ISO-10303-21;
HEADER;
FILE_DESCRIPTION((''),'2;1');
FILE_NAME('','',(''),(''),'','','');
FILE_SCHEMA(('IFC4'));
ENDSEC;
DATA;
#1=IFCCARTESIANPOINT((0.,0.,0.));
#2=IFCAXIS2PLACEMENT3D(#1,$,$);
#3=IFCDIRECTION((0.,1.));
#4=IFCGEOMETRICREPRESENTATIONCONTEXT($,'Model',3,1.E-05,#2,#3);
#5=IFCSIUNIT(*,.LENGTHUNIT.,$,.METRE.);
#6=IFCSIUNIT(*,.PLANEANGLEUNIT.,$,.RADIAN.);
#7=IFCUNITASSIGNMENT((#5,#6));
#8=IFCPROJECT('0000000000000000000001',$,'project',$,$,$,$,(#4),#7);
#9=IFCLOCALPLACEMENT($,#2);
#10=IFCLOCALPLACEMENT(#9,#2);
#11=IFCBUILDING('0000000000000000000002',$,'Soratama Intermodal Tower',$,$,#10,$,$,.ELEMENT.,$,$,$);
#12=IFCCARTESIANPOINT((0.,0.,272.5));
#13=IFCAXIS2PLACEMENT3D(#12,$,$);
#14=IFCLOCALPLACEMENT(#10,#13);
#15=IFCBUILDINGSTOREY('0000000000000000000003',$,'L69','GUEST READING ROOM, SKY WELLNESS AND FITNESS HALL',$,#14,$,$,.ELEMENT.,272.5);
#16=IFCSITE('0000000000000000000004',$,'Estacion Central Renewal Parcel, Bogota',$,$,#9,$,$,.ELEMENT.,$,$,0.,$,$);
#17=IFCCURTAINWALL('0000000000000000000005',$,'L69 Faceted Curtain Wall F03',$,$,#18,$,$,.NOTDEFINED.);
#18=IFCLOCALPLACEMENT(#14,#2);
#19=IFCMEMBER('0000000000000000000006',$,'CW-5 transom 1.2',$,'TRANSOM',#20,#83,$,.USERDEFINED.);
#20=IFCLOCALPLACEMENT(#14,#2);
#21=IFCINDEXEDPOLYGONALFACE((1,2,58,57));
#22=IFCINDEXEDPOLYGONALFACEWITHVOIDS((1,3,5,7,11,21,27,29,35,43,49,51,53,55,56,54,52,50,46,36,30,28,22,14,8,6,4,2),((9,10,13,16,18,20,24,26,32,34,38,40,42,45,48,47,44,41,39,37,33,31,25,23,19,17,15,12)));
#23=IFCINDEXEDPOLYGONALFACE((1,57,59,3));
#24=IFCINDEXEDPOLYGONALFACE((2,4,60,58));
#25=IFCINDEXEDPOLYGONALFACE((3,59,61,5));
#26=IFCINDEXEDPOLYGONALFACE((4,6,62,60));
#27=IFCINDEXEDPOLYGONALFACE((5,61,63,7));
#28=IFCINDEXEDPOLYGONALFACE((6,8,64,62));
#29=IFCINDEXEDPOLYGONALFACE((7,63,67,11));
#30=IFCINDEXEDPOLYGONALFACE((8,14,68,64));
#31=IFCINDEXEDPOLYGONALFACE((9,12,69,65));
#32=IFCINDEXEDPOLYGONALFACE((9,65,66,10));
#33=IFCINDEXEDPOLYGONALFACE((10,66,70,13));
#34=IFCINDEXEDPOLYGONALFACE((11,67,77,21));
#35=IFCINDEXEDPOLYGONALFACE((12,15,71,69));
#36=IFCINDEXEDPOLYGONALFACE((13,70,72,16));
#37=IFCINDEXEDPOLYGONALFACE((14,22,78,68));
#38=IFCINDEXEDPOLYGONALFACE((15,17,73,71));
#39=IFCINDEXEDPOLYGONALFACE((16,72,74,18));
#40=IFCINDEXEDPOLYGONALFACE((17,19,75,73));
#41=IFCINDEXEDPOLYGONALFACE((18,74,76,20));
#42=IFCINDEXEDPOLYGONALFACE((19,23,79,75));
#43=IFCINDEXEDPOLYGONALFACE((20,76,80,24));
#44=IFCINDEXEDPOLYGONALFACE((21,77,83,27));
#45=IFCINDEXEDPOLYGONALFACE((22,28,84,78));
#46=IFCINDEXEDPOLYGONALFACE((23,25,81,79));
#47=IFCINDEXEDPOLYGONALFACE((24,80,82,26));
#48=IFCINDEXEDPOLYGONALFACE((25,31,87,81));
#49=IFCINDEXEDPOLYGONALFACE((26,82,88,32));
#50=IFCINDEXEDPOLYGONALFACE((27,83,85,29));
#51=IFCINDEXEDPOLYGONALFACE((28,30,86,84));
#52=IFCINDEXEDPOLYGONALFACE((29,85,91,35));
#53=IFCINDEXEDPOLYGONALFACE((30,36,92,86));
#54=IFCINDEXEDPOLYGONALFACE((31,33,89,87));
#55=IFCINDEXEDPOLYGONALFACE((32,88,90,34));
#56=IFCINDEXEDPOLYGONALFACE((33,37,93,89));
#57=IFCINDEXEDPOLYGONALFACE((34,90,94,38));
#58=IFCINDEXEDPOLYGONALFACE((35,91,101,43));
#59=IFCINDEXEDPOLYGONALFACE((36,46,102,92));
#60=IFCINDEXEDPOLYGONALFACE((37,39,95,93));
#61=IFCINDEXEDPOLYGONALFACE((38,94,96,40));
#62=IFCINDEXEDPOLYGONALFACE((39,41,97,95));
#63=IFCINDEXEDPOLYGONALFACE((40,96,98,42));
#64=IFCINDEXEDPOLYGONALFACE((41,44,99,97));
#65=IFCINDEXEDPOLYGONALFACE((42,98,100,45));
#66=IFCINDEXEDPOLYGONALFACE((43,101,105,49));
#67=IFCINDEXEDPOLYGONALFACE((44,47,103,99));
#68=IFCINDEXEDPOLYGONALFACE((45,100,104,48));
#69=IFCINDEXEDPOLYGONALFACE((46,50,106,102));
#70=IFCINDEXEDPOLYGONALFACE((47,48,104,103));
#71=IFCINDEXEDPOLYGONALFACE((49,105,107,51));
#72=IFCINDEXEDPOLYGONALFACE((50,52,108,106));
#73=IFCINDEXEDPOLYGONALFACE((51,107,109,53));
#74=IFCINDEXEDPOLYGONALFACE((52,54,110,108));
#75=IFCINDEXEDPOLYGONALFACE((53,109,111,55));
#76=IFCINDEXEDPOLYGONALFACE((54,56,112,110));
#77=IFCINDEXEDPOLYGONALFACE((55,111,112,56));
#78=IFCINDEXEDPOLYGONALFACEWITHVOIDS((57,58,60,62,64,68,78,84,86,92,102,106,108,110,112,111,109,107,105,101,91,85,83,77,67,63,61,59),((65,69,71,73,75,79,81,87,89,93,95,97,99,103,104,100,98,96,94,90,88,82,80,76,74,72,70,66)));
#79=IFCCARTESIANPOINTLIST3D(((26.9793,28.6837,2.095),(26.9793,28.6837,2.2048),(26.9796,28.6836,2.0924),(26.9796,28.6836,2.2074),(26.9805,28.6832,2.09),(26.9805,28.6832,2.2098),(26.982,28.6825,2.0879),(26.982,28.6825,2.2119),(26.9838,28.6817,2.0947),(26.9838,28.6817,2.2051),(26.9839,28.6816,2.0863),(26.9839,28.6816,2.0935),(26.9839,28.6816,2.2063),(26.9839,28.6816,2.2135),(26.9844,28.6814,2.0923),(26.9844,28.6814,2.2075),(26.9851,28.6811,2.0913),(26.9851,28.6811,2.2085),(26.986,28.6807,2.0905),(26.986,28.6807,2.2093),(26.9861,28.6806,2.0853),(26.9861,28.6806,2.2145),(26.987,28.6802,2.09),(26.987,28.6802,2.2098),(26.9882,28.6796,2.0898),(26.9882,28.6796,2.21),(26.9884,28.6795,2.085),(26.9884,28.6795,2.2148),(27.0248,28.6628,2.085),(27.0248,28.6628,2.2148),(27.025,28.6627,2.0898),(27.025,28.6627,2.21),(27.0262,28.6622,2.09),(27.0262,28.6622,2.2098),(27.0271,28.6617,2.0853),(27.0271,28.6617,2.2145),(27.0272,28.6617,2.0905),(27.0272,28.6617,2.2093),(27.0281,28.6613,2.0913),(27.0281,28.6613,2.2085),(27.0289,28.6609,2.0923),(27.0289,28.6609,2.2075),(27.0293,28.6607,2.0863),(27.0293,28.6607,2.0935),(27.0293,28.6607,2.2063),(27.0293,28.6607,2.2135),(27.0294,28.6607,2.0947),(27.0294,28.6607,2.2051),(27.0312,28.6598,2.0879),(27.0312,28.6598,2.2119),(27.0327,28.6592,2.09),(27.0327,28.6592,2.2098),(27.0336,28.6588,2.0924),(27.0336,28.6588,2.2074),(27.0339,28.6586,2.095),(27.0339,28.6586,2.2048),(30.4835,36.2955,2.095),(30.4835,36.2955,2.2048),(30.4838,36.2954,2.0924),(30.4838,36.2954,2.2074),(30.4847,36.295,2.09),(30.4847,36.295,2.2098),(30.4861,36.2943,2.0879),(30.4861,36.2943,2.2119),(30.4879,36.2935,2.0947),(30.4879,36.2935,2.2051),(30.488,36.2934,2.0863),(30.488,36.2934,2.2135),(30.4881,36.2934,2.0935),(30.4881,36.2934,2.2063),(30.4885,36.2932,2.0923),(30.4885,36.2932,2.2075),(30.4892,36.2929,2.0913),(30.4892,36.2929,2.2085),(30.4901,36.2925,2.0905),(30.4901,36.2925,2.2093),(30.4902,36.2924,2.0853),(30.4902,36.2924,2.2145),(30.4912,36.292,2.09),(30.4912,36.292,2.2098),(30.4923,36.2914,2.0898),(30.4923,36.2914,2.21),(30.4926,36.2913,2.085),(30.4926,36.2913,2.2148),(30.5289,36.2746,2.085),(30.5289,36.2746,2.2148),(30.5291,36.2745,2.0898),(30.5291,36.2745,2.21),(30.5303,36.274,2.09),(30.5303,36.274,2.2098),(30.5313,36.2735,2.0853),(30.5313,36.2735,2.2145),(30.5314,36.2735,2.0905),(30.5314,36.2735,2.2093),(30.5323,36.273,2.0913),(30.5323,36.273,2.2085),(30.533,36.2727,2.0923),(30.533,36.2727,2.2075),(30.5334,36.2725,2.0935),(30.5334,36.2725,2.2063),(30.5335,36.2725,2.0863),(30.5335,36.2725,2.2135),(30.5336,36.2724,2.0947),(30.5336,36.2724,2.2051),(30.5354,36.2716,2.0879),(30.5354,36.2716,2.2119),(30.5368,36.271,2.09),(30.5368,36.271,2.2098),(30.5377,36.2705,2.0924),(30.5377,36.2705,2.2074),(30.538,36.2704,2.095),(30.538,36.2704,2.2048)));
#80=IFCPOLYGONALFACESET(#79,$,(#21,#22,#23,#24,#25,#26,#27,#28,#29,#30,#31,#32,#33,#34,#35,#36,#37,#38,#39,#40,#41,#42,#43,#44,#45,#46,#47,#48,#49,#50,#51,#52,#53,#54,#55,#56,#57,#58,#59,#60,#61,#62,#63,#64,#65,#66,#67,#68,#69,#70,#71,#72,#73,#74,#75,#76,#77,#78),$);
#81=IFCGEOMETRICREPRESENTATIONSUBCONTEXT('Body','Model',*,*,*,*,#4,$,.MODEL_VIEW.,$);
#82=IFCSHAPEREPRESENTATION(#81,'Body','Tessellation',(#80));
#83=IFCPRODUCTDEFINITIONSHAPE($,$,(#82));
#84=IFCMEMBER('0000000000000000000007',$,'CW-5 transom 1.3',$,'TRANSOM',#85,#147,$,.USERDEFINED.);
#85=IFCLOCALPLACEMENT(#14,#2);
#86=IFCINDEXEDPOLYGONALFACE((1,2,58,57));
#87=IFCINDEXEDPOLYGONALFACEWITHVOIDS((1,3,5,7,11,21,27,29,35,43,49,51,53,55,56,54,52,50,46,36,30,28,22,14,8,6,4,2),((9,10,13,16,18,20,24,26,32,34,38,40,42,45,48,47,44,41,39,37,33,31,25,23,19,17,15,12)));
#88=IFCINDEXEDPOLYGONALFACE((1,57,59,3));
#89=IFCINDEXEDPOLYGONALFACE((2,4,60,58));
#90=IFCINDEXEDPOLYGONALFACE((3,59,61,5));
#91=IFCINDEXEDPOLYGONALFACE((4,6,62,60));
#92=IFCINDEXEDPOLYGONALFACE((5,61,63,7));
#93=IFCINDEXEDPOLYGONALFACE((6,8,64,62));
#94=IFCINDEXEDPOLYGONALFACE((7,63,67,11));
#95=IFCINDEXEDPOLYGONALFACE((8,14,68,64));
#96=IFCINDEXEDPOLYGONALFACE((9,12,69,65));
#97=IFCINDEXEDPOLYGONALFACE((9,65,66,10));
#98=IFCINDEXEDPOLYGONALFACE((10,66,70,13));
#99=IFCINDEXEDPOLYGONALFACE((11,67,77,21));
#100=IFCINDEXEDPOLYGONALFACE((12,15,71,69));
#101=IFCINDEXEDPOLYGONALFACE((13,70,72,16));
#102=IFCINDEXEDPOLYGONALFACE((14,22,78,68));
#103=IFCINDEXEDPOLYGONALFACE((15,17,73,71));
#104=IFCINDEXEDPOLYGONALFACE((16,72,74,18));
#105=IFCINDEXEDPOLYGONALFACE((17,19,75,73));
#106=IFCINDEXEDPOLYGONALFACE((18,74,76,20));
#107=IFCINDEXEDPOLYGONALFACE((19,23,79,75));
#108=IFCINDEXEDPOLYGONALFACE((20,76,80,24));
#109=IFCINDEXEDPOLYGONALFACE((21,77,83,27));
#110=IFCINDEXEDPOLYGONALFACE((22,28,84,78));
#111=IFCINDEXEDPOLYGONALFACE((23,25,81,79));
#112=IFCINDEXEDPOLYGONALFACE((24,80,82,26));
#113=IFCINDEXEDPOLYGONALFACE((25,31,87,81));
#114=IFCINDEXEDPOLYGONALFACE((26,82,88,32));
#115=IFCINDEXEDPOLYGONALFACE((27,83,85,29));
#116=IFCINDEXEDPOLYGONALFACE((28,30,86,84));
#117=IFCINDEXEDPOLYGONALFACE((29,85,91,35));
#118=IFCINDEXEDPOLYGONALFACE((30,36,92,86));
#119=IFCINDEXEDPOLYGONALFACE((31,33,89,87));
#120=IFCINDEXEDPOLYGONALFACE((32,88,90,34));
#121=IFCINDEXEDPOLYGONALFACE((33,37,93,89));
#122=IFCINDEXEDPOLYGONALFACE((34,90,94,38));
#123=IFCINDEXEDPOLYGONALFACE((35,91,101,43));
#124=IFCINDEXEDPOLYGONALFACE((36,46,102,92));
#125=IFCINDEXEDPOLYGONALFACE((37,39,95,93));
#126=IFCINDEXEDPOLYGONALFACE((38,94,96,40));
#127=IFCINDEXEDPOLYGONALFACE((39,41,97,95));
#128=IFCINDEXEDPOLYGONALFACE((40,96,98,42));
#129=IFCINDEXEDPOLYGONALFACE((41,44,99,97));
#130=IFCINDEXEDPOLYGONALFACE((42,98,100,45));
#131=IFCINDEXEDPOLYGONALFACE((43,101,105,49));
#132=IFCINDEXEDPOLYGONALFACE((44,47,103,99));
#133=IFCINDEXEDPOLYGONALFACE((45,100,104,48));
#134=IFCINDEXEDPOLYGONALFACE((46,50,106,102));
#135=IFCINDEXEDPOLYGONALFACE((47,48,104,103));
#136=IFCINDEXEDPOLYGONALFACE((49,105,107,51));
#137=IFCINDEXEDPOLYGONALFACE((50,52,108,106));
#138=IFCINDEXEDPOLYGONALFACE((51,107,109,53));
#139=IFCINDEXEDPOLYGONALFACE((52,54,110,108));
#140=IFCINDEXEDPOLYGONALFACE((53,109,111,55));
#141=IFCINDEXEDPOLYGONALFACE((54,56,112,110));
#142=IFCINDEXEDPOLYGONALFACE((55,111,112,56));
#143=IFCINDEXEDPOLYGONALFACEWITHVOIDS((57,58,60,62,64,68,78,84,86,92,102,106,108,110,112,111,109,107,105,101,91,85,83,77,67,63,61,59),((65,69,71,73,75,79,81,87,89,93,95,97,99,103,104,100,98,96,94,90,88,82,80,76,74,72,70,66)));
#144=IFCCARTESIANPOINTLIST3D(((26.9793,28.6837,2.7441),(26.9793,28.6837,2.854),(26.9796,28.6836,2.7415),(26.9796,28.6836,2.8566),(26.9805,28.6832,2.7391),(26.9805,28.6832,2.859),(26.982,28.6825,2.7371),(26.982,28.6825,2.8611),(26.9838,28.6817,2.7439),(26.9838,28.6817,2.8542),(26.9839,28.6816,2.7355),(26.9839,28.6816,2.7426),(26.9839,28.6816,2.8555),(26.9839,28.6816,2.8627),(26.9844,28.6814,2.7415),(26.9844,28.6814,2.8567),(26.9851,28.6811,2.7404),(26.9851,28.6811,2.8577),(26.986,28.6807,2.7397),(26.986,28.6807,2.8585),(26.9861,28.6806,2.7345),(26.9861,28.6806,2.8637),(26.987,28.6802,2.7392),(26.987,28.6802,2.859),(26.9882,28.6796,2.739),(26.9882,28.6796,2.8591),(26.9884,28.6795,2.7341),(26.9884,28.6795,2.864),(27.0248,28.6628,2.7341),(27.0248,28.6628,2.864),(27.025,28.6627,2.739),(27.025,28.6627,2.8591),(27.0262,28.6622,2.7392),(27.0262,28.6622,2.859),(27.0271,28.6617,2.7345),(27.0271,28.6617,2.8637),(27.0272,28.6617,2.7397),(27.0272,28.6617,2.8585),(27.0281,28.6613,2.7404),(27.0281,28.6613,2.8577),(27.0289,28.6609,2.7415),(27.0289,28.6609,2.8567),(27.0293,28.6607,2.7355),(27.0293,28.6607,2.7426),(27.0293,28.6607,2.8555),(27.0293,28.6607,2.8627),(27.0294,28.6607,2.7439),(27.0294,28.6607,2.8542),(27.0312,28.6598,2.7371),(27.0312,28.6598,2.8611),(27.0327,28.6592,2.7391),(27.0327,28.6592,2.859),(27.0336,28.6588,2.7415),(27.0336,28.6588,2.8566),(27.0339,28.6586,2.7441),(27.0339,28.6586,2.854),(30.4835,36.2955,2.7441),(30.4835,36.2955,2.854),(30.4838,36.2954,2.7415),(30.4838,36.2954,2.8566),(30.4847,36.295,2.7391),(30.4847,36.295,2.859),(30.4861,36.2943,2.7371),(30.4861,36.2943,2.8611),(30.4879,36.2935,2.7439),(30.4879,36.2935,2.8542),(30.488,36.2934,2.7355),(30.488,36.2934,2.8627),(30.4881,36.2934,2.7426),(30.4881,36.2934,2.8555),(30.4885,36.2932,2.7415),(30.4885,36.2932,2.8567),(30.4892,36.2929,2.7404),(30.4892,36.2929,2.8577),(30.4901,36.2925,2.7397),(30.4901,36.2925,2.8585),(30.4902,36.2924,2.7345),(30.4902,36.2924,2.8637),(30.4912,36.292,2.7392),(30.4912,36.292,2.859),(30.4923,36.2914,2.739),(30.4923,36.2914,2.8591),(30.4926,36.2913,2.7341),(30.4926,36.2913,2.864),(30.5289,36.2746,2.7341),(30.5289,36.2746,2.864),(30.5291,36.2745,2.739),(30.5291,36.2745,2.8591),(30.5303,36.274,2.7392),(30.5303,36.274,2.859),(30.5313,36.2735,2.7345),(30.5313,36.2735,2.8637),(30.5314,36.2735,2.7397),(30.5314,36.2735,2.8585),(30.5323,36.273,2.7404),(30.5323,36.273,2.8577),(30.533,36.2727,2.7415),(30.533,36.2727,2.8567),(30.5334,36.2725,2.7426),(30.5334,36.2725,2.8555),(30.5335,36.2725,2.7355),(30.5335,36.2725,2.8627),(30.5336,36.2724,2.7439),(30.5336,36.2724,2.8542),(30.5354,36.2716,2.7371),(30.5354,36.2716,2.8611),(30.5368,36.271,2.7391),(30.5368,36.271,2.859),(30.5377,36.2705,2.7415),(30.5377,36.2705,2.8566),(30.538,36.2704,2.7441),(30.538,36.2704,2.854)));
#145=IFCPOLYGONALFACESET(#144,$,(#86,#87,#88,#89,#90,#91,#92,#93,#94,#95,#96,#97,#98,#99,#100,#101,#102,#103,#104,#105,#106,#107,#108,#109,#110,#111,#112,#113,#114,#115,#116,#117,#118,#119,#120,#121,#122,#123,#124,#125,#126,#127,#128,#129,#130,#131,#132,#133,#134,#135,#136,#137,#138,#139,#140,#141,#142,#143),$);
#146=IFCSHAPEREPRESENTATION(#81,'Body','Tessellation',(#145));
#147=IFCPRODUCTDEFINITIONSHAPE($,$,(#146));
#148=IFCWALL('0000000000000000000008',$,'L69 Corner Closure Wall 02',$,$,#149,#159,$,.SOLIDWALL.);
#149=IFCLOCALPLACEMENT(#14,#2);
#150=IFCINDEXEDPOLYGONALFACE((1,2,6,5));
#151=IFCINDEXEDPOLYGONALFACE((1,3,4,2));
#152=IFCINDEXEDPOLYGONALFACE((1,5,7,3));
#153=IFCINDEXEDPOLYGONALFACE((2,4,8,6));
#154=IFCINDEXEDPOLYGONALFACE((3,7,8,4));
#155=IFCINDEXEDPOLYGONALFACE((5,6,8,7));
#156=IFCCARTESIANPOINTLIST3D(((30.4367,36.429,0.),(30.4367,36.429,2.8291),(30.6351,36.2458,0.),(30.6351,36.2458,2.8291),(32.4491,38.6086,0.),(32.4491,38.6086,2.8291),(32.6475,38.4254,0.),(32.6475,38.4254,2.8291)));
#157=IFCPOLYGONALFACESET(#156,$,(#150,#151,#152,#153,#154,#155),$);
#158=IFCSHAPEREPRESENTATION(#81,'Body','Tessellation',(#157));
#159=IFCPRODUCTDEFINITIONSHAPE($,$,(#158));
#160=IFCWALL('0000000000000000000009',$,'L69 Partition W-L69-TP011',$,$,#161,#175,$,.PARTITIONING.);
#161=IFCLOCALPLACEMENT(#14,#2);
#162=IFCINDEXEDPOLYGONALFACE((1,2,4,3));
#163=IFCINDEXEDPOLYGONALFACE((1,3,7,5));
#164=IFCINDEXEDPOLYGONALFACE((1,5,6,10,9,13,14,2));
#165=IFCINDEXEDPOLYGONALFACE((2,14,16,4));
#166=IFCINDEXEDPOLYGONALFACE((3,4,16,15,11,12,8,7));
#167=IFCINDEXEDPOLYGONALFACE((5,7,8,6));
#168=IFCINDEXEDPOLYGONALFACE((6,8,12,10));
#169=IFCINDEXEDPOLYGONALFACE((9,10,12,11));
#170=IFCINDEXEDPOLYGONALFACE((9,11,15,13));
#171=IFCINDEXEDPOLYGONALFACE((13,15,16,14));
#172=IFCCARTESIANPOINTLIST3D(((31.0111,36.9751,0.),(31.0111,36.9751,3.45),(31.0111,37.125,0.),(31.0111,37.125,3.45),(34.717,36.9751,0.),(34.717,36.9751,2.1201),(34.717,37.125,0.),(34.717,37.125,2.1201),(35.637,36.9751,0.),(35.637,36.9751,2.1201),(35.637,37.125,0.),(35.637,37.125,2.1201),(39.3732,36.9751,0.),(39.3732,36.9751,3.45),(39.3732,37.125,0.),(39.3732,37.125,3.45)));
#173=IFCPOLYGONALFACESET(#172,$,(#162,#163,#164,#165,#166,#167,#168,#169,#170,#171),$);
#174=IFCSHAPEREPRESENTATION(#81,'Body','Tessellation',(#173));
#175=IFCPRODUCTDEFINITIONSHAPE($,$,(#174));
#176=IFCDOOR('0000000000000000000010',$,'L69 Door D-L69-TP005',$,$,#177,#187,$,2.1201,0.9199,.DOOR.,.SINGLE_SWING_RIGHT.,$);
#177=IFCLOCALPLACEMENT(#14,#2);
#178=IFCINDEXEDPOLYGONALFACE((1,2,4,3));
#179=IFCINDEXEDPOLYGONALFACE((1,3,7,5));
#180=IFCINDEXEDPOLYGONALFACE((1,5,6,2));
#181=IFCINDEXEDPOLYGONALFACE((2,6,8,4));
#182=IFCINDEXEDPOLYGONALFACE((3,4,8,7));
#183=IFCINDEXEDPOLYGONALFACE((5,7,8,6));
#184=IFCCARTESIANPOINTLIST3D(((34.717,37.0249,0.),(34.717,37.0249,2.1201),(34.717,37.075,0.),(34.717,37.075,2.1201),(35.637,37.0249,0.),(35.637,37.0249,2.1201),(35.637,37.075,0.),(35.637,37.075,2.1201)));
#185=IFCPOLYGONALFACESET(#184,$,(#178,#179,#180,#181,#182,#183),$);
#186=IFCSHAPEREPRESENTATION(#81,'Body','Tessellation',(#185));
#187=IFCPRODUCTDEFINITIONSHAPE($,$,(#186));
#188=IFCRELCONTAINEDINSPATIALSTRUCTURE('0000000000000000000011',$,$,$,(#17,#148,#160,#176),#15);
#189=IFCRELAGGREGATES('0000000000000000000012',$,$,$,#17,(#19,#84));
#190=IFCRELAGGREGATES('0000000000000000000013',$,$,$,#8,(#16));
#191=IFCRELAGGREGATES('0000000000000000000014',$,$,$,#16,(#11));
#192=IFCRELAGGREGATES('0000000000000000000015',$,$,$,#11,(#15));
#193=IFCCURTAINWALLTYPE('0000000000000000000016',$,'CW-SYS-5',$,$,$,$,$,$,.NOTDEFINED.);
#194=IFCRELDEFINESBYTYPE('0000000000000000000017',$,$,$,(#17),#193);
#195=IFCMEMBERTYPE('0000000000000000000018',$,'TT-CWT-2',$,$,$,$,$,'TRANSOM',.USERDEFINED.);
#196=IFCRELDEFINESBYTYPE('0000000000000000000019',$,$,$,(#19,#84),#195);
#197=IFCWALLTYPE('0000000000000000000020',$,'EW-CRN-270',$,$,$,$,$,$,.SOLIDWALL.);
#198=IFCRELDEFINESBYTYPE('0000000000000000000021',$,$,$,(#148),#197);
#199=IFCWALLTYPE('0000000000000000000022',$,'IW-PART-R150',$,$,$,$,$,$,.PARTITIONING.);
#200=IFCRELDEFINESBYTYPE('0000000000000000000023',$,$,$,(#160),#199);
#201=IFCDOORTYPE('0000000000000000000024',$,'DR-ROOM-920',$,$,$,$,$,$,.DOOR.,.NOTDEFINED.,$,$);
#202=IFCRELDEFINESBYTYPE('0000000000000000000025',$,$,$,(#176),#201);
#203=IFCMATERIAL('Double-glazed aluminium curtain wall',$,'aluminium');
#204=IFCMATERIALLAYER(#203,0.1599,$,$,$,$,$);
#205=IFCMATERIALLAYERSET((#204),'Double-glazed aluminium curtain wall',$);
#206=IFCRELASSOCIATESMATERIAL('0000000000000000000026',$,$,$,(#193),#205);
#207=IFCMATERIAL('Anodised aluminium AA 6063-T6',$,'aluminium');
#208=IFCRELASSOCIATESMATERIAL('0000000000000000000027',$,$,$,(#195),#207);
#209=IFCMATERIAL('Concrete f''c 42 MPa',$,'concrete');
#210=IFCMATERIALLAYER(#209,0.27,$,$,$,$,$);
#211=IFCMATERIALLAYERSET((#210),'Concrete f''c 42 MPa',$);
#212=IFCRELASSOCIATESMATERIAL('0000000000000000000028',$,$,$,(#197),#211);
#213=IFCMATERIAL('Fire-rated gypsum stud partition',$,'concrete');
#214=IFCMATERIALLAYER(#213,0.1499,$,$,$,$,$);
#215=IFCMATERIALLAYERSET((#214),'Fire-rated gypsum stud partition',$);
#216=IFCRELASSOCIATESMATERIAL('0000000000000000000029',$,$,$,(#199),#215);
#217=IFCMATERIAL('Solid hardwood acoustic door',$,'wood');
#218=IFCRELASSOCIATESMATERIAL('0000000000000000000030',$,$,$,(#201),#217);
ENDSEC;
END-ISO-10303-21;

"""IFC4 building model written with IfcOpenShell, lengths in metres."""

from ifc_helpers import new_model, si_unit, direction, frame, frame_2d, origin, origin_2d, place, context, subcontext, project, spatial, rectangle, hollow_rectangle, extrude, material, layer, layer_set, material_profile, profile_set, type_object, element, fill, aggregate, save


model = new_model("IFC4")

# Units and contexts
model_context = context("Model", 3, precision=1e-05, world=origin(), true_north=direction((0.0, 1.0)))
body_context = subcontext(model_context, "Body", "Model", "MODEL_VIEW")
ifc_project = project(units=[si_unit("LENGTHUNIT", "METRE"), si_unit("PLANEANGLEUNIT", "RADIAN")], contexts=[model_context])

# Site, building, storey
site_placement = place(None, origin())
site = spatial("IfcSite", under=ifc_project, at=site_placement, Name="Estacion Central Renewal Parcel, Bogota", CompositionType="ELEMENT", RefElevation=0.0)
building_placement = place(site_placement, origin())
building = spatial("IfcBuilding", under=site, at=building_placement, Name="Soratama Intermodal Tower", CompositionType="ELEMENT")
storey_placement = place(building_placement, frame((0.0, 0.0, 272.5)))
storey = spatial("IfcBuildingStorey", under=building, at=storey_placement, Name="L69", Description="GUEST READING ROOM, SKY WELLNESS AND FITNESS HALL", CompositionType="ELEMENT", Elevation=272.5)

# Shared definitions
ifc_material_1 = material(Name="Double-glazed aluminium curtain wall", Category="aluminium")
ifc_layer_1 = layer(ifc_material_1, 0.1599)
ifc_layer_set_1 = layer_set([ifc_layer_1], Name="Double-glazed aluminium curtain wall")
curtain_wall_type = type_object("IfcCurtainWallType", Name="CW-SYS-5", PredefinedType="NOTDEFINED", material=ifc_layer_set_1)

# Curtain wall, members
curtain_wall_1_placement = place(storey_placement, origin())
curtain_wall_1 = element("IfcCurtainWall", 1, at=curtain_wall_1_placement, inside=storey, type_object=curtain_wall_type, Name="L69 Faceted Curtain Wall F03", PredefinedType="NOTDEFINED")
ifc_material_2 = material(Name="Anodised aluminium AA 6063-T6", Category="aluminium")
ifc_material_profile_1 = material_profile(ifc_material_2, hollow_rectangle(XDim=0.0601, YDim=0.1299, WallThickness=0.0049, InnerFilletRadius=0.0049, OuterFilletRadius=0.01, at=origin_2d()), Name="CWT130X60X5")
ifc_profile_set_1 = profile_set([ifc_material_profile_1], Name="Anodised aluminium AA 6063-T6")
member_type_1 = type_object("IfcMemberType", Name="TT-CWT-2", ElementType="TRANSOM", PredefinedType="USERDEFINED", material=ifc_profile_set_1)
member_1_placement = place(storey_placement, frame((30.5107, 36.283, 2.1499), z_axis=(-0.418173, -0.908367, 0.0), x_axis=(0.908367, -0.418173, 0.0)))
member_1 = element("IfcMember", 2, at=member_1_placement, type_object=member_type_1, Name="CW-5 transom 1.2", ObjectType="TRANSOM", PredefinedType="USERDEFINED", context=body_context, shape_type="SweptSolid", body=[
    extrude(hollow_rectangle(XDim=0.0601, YDim=0.1299, WallThickness=0.0049, InnerFilletRadius=0.0049, OuterFilletRadius=0.01, at=origin_2d()), origin(), (0.0, 0.0, 1.0), 8.3796),
])
member_2_placement = place(storey_placement, frame((30.5107, 36.283, 2.7991), z_axis=(-0.418173, -0.908367, 0.0), x_axis=(0.908367, -0.418173, 0.0)))
member_2 = element("IfcMember", 3, at=member_2_placement, type_object=member_type_1, Name="CW-5 transom 1.3", ObjectType="TRANSOM", PredefinedType="USERDEFINED", context=body_context, shape_type="SweptSolid", body=[
    extrude(hollow_rectangle(XDim=0.0601, YDim=0.1299, WallThickness=0.0049, InnerFilletRadius=0.0049, OuterFilletRadius=0.01, at=origin_2d()), origin(), (0.0, 0.0, 1.0), 8.3796),
])
aggregate(curtain_wall_1, [member_1, member_2])

# Wall
ifc_material_3 = material(Name="Concrete f'c 42 MPa", Category="concrete")
ifc_layer_2 = layer(ifc_material_3, 0.27)
ifc_layer_set_2 = layer_set([ifc_layer_2], Name="Concrete f'c 42 MPa")
wall_type_1 = type_object("IfcWallType", Name="EW-CRN-270", PredefinedType="SOLIDWALL", material=ifc_layer_set_2)
wall_1_placement = place(storey_placement, frame((32.5483, 38.5171, 0.0), z_axis=(0.0, 0.0, 1.0), x_axis=(-0.678359, -0.734731, 0.0)))
element("IfcWall", 4, at=wall_1_placement, inside=storey, type_object=wall_type_1, Name="L69 Corner Closure Wall 02", PredefinedType="SOLIDWALL", context=body_context, shape_type="SweptSolid", body=[
    extrude(rectangle(XDim=2.9666, YDim=0.27, at=frame_2d((1.4834, 0.0))), origin(), (0.0, 0.0, 1.0), 2.8291),
])

# Wall, opening, door
ifc_material_4 = material(Name="Fire-rated gypsum stud partition", Category="concrete")
ifc_layer_3 = layer(ifc_material_4, 0.1499)
ifc_layer_set_3 = layer_set([ifc_layer_3], Name="Fire-rated gypsum stud partition")
wall_type_2 = type_object("IfcWallType", Name="IW-PART-R150", PredefinedType="PARTITIONING", material=ifc_layer_set_3)
wall_2_placement = place(storey_placement, frame((31.011, 37.05, 0.0), z_axis=(0.0, 0.0, 1.0), x_axis=(1.0, 0.0, 0.0)))
wall_2 = element("IfcWall", 5, at=wall_2_placement, inside=storey, type_object=wall_type_2, Name="L69 Partition W-L69-TP011", PredefinedType="PARTITIONING", context=body_context, shape_type="SweptSolid", body=[
    extrude(rectangle(XDim=8.3621, YDim=0.1499, at=frame_2d((4.1812, 0.0))), origin(), (0.0, 0.0, 1.0), 3.45),
])
opening_placement = place(wall_2_placement, frame((3.7061, 0.0, 0.0)))
opening = element("IfcOpeningElement", 6, at=opening_placement, cuts=wall_2, PredefinedType="OPENING", context=body_context, shape_type="SweptSolid", body=[
    extrude(rectangle(XDim=0.9199, YDim=2.1201, at=frame_2d((0.46, 1.0601))), frame((0.0, 0.085, 0.0), z_axis=(0.0, -1.0, 0.0), x_axis=(1.0, 0.0, 0.0)), (0.0, 0.0, 1.0), 0.1699),
])
ifc_material_5 = material(Name="Solid hardwood acoustic door", Category="wood")
door_type = type_object("IfcDoorType", Name="DR-ROOM-920", OperationType="NOTDEFINED", PredefinedType="DOOR", material=ifc_material_5)
door_placement = place(opening_placement, origin())
door = element("IfcDoor", 7, at=door_placement, inside=storey, type_object=door_type, Name="L69 Door D-L69-TP005", OperationType="SINGLE_SWING_RIGHT", OverallHeight=2.1201, OverallWidth=0.9199, PredefinedType="DOOR", context=body_context, shape_type="SweptSolid", body=[
    extrude(rectangle(XDim=0.9199, YDim=2.1201, at=frame_2d((0.46, 1.0601))), frame((0.0, 0.0249, 0.0), z_axis=(0.0, -1.0, 0.0), x_axis=(1.0, 0.0, 0.0)), (0.0, 0.0, 1.0), 0.05),
])
fill(opening, door)

save(model, "model.ifc")
